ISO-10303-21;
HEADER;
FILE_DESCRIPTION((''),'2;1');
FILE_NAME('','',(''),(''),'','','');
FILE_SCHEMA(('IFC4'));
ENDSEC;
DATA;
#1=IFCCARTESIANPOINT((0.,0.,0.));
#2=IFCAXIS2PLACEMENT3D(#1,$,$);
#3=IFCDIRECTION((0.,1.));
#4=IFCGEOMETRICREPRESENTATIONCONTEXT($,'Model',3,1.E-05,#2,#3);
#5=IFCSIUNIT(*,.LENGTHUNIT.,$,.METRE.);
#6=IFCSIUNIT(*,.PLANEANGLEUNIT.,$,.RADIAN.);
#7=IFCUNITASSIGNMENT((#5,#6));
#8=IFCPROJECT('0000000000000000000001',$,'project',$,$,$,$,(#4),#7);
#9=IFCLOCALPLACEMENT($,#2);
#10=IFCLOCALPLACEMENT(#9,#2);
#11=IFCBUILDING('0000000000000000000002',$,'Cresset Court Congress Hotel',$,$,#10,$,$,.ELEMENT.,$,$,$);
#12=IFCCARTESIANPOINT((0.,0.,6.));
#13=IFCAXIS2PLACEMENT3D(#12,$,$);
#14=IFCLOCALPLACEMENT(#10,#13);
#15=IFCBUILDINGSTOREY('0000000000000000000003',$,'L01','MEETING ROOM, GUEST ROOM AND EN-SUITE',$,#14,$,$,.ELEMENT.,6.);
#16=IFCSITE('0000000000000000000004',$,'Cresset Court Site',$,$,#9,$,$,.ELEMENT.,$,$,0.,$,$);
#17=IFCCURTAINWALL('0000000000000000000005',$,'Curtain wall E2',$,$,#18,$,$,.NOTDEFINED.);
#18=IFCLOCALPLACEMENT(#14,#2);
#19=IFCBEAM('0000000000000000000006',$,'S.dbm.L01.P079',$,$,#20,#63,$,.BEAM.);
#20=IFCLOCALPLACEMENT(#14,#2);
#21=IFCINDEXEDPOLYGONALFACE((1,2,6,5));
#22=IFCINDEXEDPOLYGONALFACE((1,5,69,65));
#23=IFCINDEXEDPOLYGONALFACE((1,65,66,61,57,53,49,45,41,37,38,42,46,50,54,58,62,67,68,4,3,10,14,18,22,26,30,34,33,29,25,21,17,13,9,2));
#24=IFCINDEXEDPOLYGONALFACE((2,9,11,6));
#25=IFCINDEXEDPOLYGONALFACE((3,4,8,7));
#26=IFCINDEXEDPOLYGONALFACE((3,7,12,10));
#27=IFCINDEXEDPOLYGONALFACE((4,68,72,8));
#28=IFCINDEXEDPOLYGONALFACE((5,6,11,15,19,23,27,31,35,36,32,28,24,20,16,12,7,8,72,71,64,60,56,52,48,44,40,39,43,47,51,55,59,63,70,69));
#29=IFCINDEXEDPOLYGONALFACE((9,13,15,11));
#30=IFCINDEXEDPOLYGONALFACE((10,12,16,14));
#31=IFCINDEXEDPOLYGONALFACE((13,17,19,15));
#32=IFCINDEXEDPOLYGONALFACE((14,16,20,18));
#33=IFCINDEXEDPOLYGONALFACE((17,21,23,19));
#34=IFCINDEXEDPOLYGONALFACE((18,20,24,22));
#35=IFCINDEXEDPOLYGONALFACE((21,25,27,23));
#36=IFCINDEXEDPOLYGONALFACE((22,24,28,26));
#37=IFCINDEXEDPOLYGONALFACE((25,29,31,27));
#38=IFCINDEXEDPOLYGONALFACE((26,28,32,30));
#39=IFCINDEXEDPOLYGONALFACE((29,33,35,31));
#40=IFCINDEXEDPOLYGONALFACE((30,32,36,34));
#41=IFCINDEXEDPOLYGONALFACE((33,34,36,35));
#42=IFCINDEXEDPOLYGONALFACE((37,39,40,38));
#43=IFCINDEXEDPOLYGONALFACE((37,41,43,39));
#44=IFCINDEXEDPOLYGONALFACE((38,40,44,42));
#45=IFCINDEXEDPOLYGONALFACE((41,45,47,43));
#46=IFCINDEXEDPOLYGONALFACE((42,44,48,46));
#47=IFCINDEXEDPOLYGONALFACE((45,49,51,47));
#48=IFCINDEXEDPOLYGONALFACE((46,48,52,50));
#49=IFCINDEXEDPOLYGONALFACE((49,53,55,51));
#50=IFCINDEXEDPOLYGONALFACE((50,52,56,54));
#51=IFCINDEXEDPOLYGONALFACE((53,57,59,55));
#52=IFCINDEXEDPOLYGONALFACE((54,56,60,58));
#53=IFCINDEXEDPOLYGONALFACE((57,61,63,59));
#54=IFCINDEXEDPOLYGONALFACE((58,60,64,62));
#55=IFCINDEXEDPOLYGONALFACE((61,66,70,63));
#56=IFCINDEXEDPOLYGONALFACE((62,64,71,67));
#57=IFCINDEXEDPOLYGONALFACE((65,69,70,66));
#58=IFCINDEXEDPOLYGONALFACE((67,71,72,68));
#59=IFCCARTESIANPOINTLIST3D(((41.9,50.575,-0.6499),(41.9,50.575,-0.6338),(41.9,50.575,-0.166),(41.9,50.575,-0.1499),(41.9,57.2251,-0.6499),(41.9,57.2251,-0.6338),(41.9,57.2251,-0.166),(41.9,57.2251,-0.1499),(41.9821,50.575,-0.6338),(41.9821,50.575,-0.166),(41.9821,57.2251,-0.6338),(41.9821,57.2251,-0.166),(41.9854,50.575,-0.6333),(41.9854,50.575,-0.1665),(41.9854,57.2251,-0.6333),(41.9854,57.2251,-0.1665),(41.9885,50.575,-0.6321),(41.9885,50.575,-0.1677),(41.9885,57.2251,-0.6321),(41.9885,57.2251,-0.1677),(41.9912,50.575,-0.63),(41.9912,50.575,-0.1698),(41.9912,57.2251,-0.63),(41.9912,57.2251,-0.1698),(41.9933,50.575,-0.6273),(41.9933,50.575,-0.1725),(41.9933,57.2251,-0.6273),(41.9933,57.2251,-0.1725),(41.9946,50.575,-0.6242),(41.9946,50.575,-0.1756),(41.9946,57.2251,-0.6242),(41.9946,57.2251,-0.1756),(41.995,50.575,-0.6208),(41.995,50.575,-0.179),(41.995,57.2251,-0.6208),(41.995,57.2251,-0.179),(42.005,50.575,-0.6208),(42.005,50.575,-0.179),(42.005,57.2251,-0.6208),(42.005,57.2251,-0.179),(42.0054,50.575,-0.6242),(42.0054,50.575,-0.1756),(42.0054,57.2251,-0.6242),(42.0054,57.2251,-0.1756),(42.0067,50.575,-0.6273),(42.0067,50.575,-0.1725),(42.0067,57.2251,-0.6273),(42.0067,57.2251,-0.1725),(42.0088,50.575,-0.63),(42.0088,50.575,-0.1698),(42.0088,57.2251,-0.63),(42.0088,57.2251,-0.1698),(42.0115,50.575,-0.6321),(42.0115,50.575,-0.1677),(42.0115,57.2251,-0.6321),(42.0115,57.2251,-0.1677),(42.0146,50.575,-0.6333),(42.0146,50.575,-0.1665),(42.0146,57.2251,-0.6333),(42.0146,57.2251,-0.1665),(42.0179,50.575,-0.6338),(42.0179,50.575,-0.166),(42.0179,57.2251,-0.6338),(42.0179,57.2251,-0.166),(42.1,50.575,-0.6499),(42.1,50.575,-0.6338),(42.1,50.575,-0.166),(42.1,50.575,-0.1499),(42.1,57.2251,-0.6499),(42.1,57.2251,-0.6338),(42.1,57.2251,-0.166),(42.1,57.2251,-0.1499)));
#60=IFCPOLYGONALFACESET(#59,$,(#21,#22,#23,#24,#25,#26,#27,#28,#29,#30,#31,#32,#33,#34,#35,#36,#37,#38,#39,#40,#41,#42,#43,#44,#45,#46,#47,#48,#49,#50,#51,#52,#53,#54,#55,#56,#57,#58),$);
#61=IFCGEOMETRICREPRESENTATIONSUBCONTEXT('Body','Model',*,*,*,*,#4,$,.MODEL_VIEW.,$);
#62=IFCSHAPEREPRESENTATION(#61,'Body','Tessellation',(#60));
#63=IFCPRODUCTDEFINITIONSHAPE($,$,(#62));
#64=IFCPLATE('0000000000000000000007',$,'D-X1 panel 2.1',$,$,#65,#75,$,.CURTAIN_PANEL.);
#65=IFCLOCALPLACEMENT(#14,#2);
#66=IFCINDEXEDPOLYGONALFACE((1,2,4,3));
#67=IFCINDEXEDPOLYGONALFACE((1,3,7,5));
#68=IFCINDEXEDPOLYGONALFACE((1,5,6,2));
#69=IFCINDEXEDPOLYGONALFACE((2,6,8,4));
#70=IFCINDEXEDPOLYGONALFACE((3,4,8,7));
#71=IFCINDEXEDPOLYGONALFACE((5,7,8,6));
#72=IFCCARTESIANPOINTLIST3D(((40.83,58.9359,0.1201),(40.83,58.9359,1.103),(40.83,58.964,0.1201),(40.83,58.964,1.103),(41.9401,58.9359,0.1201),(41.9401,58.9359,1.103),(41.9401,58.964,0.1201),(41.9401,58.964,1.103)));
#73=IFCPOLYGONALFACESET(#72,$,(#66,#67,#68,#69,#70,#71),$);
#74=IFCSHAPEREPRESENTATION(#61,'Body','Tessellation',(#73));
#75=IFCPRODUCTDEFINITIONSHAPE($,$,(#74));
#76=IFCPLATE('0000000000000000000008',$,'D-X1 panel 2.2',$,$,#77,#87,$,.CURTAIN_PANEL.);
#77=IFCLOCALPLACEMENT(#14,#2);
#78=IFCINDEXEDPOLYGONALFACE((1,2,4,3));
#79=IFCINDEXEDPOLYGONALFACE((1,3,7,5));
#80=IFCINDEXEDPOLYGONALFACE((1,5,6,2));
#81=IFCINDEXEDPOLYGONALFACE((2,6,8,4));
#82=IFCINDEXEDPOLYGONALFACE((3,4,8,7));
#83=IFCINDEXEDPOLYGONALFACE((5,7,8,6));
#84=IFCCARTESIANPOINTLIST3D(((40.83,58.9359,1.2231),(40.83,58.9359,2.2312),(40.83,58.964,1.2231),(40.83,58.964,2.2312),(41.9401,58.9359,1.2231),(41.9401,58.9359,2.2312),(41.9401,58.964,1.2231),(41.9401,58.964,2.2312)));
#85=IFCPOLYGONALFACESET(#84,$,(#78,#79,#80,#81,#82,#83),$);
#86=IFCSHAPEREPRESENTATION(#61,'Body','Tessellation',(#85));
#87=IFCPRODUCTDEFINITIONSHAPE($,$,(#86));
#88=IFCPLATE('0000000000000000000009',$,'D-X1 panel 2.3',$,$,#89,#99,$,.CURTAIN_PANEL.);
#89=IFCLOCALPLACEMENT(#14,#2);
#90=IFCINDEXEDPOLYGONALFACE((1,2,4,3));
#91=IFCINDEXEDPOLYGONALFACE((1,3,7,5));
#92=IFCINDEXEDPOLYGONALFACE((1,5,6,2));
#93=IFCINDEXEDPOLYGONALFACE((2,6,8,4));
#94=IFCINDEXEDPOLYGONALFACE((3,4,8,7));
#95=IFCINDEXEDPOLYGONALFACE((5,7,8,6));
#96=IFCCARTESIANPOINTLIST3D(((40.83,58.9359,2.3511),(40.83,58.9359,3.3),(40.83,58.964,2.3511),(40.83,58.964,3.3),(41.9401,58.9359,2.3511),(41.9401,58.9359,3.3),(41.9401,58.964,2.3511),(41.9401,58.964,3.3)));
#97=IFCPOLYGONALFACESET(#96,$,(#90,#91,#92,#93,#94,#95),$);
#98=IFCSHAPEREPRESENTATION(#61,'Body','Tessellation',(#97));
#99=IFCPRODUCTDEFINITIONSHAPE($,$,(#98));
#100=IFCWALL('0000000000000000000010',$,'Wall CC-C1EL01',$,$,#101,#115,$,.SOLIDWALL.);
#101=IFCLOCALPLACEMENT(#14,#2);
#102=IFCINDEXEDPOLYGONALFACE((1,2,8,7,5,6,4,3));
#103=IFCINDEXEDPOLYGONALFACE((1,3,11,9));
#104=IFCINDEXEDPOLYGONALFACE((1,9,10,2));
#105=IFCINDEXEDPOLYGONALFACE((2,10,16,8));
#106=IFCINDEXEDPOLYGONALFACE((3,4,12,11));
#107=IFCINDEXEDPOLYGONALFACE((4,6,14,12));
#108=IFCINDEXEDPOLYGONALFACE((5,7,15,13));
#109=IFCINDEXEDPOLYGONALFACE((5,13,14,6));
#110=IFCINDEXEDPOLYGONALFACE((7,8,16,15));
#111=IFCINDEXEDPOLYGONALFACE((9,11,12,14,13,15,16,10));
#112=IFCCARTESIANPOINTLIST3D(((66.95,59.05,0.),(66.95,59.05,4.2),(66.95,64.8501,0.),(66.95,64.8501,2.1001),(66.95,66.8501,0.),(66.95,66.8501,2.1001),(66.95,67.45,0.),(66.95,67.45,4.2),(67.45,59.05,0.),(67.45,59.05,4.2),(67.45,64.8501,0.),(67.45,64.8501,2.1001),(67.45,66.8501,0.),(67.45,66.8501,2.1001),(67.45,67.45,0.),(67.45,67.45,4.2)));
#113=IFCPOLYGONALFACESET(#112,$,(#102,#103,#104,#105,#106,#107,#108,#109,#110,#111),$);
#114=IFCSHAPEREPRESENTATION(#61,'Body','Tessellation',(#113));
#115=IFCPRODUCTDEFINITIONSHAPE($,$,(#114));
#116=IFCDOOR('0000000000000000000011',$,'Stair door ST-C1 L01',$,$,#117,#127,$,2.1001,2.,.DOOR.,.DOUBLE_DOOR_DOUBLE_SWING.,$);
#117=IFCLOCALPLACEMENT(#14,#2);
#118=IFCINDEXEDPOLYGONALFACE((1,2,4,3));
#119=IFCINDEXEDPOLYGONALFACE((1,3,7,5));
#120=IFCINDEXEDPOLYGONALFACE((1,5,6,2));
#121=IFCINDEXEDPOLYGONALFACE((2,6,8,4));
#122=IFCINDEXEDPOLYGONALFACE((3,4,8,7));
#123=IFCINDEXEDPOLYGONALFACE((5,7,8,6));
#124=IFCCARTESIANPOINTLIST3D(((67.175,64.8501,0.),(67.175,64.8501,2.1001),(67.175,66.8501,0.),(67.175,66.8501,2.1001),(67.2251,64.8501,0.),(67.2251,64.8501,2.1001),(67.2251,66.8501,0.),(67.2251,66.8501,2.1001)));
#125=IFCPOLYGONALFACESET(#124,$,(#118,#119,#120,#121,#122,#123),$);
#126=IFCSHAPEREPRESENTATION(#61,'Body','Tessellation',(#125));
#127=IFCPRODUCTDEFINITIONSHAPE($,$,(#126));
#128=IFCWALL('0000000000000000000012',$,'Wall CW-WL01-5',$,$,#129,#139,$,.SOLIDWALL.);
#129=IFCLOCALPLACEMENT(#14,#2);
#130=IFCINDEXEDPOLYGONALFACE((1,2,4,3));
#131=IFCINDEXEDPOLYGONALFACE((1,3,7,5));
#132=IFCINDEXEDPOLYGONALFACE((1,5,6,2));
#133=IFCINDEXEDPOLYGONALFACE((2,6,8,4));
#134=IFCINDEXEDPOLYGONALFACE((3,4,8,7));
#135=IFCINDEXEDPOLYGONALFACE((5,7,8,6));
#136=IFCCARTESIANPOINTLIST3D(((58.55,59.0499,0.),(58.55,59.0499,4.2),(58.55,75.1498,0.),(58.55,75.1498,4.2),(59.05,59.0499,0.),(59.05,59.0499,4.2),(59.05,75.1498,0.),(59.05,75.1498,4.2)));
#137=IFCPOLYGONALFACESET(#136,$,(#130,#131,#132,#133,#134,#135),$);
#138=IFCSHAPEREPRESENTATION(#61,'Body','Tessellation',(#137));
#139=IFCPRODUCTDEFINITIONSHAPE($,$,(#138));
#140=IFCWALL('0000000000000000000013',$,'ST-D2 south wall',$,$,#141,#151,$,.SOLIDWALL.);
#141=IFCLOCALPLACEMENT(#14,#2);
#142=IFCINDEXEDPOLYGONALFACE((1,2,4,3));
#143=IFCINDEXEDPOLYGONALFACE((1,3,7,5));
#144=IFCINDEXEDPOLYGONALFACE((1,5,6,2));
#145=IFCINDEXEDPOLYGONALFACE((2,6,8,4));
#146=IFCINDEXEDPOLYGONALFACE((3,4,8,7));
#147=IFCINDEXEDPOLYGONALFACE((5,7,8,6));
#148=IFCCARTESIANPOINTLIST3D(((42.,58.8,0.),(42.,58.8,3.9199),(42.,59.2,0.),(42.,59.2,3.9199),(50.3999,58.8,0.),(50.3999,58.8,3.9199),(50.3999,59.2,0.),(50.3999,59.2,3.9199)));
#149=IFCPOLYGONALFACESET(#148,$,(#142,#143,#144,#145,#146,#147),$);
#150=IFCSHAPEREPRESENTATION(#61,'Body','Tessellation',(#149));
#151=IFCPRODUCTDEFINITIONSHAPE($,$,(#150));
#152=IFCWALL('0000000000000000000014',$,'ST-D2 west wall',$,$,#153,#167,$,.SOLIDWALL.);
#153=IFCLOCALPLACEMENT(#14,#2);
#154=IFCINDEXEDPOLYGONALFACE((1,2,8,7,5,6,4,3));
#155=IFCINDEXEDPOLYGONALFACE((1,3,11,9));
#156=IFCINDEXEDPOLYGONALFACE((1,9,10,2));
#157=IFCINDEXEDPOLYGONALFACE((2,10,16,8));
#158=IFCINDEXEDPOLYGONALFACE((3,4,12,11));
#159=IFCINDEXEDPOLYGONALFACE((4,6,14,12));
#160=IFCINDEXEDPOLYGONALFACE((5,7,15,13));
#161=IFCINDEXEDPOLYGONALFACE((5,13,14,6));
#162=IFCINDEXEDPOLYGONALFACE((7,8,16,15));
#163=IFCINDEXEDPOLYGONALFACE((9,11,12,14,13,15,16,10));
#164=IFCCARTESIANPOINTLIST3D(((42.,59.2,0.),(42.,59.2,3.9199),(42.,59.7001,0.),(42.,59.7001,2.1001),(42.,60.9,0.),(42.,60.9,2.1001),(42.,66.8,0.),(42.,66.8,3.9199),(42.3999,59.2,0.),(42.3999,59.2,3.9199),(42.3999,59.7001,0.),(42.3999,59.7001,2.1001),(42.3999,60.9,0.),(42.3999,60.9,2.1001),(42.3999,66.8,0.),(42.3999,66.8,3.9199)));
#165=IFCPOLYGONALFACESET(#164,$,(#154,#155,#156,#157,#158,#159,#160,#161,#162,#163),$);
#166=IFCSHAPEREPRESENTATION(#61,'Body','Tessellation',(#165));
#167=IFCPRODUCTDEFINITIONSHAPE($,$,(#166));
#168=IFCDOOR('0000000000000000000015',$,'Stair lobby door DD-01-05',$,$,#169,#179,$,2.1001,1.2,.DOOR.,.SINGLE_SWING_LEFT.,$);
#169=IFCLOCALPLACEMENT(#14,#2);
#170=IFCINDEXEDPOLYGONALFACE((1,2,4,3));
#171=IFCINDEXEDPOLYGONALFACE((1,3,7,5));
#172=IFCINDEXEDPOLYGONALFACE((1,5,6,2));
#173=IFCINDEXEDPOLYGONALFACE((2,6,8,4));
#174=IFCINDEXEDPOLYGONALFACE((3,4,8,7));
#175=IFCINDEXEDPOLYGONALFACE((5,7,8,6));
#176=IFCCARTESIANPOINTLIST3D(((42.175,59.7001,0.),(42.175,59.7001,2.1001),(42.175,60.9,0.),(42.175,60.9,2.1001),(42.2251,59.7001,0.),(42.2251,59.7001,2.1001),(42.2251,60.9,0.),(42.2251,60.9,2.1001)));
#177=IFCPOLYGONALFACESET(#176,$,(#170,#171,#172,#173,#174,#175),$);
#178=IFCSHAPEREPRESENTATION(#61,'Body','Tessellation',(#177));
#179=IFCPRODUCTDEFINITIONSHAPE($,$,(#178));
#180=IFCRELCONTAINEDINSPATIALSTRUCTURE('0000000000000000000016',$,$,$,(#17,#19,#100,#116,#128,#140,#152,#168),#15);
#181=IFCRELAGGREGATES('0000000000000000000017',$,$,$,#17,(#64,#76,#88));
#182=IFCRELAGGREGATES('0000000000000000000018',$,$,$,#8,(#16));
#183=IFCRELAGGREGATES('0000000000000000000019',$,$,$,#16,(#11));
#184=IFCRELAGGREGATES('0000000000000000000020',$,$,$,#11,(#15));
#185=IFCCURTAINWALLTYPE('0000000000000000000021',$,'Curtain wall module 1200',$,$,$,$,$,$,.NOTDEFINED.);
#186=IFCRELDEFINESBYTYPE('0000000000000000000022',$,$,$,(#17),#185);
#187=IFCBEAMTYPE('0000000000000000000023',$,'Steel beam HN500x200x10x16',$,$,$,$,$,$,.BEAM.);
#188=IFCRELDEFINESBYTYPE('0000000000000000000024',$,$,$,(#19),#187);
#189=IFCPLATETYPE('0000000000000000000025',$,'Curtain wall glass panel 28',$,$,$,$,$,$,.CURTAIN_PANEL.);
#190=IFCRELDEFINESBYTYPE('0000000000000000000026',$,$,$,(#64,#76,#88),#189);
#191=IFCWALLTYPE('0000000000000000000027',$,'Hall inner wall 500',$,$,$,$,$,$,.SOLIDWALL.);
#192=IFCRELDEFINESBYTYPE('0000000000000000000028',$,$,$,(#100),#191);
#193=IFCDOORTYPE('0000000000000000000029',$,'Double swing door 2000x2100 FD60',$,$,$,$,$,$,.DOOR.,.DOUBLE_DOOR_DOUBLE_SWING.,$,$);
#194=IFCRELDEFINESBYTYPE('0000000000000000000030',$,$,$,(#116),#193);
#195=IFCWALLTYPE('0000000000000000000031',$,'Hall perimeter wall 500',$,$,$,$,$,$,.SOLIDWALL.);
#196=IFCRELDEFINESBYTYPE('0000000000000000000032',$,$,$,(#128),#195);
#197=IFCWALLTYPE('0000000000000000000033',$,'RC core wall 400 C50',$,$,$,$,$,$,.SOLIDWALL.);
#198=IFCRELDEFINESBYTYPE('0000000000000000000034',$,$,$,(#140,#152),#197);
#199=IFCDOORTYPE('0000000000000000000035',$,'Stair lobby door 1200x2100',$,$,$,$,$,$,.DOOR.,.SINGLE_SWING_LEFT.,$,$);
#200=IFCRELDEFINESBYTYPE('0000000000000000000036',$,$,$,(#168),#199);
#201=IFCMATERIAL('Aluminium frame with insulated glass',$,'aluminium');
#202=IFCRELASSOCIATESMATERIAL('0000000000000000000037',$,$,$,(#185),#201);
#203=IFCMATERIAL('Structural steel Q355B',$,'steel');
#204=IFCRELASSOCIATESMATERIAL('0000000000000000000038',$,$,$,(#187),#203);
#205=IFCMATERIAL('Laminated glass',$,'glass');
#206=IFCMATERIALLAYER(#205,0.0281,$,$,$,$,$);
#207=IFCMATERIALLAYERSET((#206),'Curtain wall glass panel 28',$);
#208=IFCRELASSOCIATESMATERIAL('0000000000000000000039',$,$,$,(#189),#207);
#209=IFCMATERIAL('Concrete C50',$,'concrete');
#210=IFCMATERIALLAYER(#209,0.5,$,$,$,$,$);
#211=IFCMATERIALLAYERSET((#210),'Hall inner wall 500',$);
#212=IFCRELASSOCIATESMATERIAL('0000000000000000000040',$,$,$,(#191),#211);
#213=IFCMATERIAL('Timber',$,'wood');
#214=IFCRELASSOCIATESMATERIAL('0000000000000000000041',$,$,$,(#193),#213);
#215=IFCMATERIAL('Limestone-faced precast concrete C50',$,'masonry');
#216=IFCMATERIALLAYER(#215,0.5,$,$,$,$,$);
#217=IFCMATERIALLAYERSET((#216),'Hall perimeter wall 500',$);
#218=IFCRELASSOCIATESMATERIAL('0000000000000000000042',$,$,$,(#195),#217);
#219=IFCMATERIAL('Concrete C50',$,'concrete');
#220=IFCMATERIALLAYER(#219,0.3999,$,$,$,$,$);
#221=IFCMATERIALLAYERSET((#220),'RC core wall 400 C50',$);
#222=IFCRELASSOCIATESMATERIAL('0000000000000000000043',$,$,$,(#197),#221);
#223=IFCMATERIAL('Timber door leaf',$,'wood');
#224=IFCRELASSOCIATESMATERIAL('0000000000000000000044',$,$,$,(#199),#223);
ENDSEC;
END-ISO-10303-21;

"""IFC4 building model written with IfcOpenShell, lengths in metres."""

from ifc_helpers import new_model, si_unit, direction, frame, frame_2d, origin, origin_2d, place, context, subcontext, project, spatial, rectangle, i_section, extrude, material, layer, layer_set, material_profile, profile_set, type_object, element, fill, aggregate, save


model = new_model("IFC4")

# Units and contexts
model_context = context("Model", 3, precision=1e-05, world=origin(), true_north=direction((0.0, 1.0)))
body_context = subcontext(model_context, "Body", "Model", "MODEL_VIEW")
ifc_project = project(units=[si_unit("LENGTHUNIT", "METRE"), si_unit("PLANEANGLEUNIT", "RADIAN")], contexts=[model_context])

# Site, building, storey
site_placement = place(None, origin())
site = spatial("IfcSite", under=ifc_project, at=site_placement, Name="Cresset Court Site", CompositionType="ELEMENT", RefElevation=0.0)
building_placement = place(site_placement, origin())
building = spatial("IfcBuilding", under=site, at=building_placement, Name="Cresset Court Congress Hotel", CompositionType="ELEMENT")
storey_placement = place(building_placement, frame((0.0, 0.0, 6.0)))
storey = spatial("IfcBuildingStorey", under=building, at=storey_placement, Name="L01", Description="MEETING ROOM, GUEST ROOM AND EN-SUITE", CompositionType="ELEMENT", Elevation=6.0)

# Curtain wall
ifc_material_1 = material(Name="Aluminium frame with insulated glass", Category="aluminium")
curtain_wall_type = type_object("IfcCurtainWallType", Name="Curtain wall module 1200", PredefinedType="NOTDEFINED", material=ifc_material_1)
curtain_wall_placement = place(storey_placement, origin())
curtain_wall = element("IfcCurtainWall", 1, at=curtain_wall_placement, inside=storey, type_object=curtain_wall_type, Name="Curtain wall E2", PredefinedType="NOTDEFINED")

# Beam
ifc_material_2 = material(Name="Structural steel Q355B", Category="steel")
ifc_material_profile_1 = material_profile(ifc_material_2, i_section(OverallWidth=0.2, OverallDepth=0.5, WebThickness=0.01, FlangeThickness=0.0161, FilletRadius=0.0129, at=origin_2d()), Name="HN500x200x10x16")
ifc_profile_set_1 = profile_set([ifc_material_profile_1], Name="Structural steel Q355B")
beam_type = type_object("IfcBeamType", Name="Steel beam HN500x200x10x16", PredefinedType="BEAM", material=ifc_profile_set_1)
for number, where, z_axis, x_axis, name in (
    (2, (42.0, 50.575, -0.3999), (0.0, 1.0, 0.0), (-1.0, 0.0, 0.0), "S.dbm.L01.P079"),
):
    element("IfcBeam", number, at=place(storey_placement, frame(where, z_axis=z_axis, x_axis=x_axis)), inside=storey, type_object=beam_type, Name=name, PredefinedType="BEAM", context=body_context, shape_type="SweptSolid", body=[
        extrude(i_section(OverallWidth=0.2, OverallDepth=0.5, WebThickness=0.01, FlangeThickness=0.0161, FilletRadius=0.0129, at=origin_2d()), origin(), (0.0, 0.0, 1.0), 6.6501),
    ])

# Plates
ifc_material_3 = material(Name="Laminated glass", Category="glass")
ifc_layer_1 = layer(ifc_material_3, 0.0281)
ifc_layer_set_1 = layer_set([ifc_layer_1], Name="Curtain wall glass panel 28")
plate_type = type_object("IfcPlateType", Name="Curtain wall glass panel 28", PredefinedType="CURTAIN_PANEL", material=ifc_layer_set_1)
plate_1_placement = place(storey_placement, frame((41.385, 58.95, 0.1201), z_axis=(0.0, 0.0, 1.0), x_axis=(1.0, 0.0, 0.0)))
plate_1 = element("IfcPlate", 3, at=plate_1_placement, type_object=plate_type, Name="D-X1 panel 2.1", PredefinedType="CURTAIN_PANEL", context=body_context, shape_type="SweptSolid", body=[
    extrude(rectangle(XDim=1.1101, YDim=0.0281, at=origin_2d()), origin(), (0.0, 0.0, 1.0), 0.9829),
])
plate_2_placement = place(storey_placement, frame((41.385, 58.95, 1.2231), z_axis=(0.0, 0.0, 1.0), x_axis=(1.0, 0.0, 0.0)))
plate_2 = element("IfcPlate", 4, at=plate_2_placement, type_object=plate_type, Name="D-X1 panel 2.2", PredefinedType="CURTAIN_PANEL", context=body_context, shape_type="SweptSolid", body=[
    extrude(rectangle(XDim=1.1101, YDim=0.0281, at=origin_2d()), origin(), (0.0, 0.0, 1.0), 1.0081),
])
plate_3_placement = place(storey_placement, frame((41.385, 58.95, 2.3511), z_axis=(0.0, 0.0, 1.0), x_axis=(1.0, 0.0, 0.0)))
plate_3 = element("IfcPlate", 5, at=plate_3_placement, type_object=plate_type, Name="D-X1 panel 2.3", PredefinedType="CURTAIN_PANEL", context=body_context, shape_type="SweptSolid", body=[
    extrude(rectangle(XDim=1.1101, YDim=0.0281, at=origin_2d()), origin(), (0.0, 0.0, 1.0), 0.949),
])
aggregate(curtain_wall, [plate_1, plate_2, plate_3])

# Wall, opening, door
ifc_material_4 = material(Name="Concrete C50", Category="concrete")
ifc_layer_2 = layer(ifc_material_4, 0.5)
ifc_layer_set_2 = layer_set([ifc_layer_2], Name="Hall inner wall 500")
wall_type_1 = type_object("IfcWallType", Name="Hall inner wall 500", PredefinedType="SOLIDWALL", material=ifc_layer_set_2)
wall_1_placement = place(storey_placement, frame((67.2, 59.05, 0.0), z_axis=(0.0, 0.0, 1.0), x_axis=(0.0, 1.0, 0.0)))
wall_1 = element("IfcWall", 6, at=wall_1_placement, inside=storey, type_object=wall_type_1, Name="Wall CC-C1EL01", PredefinedType="SOLIDWALL", context=body_context, shape_type="SweptSolid", body=[
    extrude(rectangle(XDim=8.3999, YDim=0.5, at=frame_2d((4.2, 0.0))), origin(), (0.0, 0.0, 1.0), 4.2),
])
opening_1_placement = place(wall_1_placement, frame((5.8, 0.0, 0.0)))
opening_1 = element("IfcOpeningElement", 7, at=opening_1_placement, cuts=wall_1, PredefinedType="OPENING", context=body_context, shape_type="SweptSolid", body=[
    extrude(rectangle(XDim=2.0, YDim=2.1001, at=frame_2d((1.0, 1.05))), frame((0.0, 0.26, 0.0), z_axis=(0.0, -1.0, 0.0), x_axis=(1.0, 0.0, 0.0)), (0.0, 0.0, 1.0), 0.52),
])
ifc_material_5 = material(Name="Timber", Category="wood")
door_type_1 = type_object("IfcDoorType", Name="Double swing door 2000x2100 FD60", OperationType="DOUBLE_DOOR_DOUBLE_SWING", PredefinedType="DOOR", material=ifc_material_5)
door_1_placement = place(opening_1_placement, origin())
door_1 = element("IfcDoor", 8, at=door_1_placement, inside=storey, type_object=door_type_1, Name="Stair door ST-C1 L01", OperationType="DOUBLE_DOOR_DOUBLE_SWING", OverallHeight=2.1001, OverallWidth=2.0, PredefinedType="DOOR", context=body_context, shape_type="SweptSolid", body=[
    extrude(rectangle(XDim=2.0, YDim=2.1001, at=frame_2d((1.0, 1.05))), frame((0.0, 0.0249, 0.0), z_axis=(0.0, -1.0, 0.0), x_axis=(1.0, 0.0, 0.0)), (0.0, 0.0, 1.0), 0.05),
])
fill(opening_1, door_1)

# Walls
ifc_material_6 = material(Name="Limestone-faced precast concrete C50", Category="masonry")
ifc_layer_3 = layer(ifc_material_6, 0.5)
ifc_layer_set_3 = layer_set([ifc_layer_3], Name="Hall perimeter wall 500")
wall_type_2 = type_object("IfcWallType", Name="Hall perimeter wall 500", PredefinedType="SOLIDWALL", material=ifc_layer_set_3)
wall_2_placement = place(storey_placement, frame((58.8, 59.05, 0.0), z_axis=(0.0, 0.0, 1.0), x_axis=(0.0, 1.0, 0.0)))
element("IfcWall", 9, at=wall_2_placement, inside=storey, type_object=wall_type_2, Name="Wall CW-WL01-5", PredefinedType="SOLIDWALL", context=body_context, shape_type="SweptSolid", body=[
    extrude(rectangle(XDim=16.0999, YDim=0.5, at=frame_2d((8.0498, 0.0))), origin(), (0.0, 0.0, 1.0), 4.2),
])
ifc_material_7 = material(Name="Concrete C50", Category="concrete")
ifc_layer_4 = layer(ifc_material_7, 0.3999)
ifc_layer_set_4 = layer_set([ifc_layer_4], Name="RC core wall 400 C50")
wall_type_3 = type_object("IfcWallType", Name="RC core wall 400 C50", PredefinedType="SOLIDWALL", material=ifc_layer_set_4)
wall_3_placement = place(storey_placement, frame((42.0, 59.0, 0.0), z_axis=(0.0, 0.0, 1.0), x_axis=(1.0, 0.0, 0.0)))
element("IfcWall", 10, at=wall_3_placement, inside=storey, type_object=wall_type_3, Name="ST-D2 south wall", PredefinedType="SOLIDWALL", context=body_context, shape_type="SweptSolid", body=[
    extrude(rectangle(XDim=8.3999, YDim=0.3999, at=frame_2d((4.2, 0.0))), origin(), (0.0, 0.0, 1.0), 3.9199),
])

# Wall, opening, door
wall_4_placement = place(storey_placement, frame((42.2, 59.2, 0.0), z_axis=(0.0, 0.0, 1.0), x_axis=(0.0, 1.0, 0.0)))
wall_4 = element("IfcWall", 11, at=wall_4_placement, inside=storey, type_object=wall_type_3, Name="ST-D2 west wall", PredefinedType="SOLIDWALL", context=body_context, shape_type="SweptSolid", body=[
    extrude(rectangle(XDim=7.6001, YDim=0.3999, at=frame_2d((3.8, 0.0))), origin(), (0.0, 0.0, 1.0), 3.9199),
])
opening_2_placement = place(wall_4_placement, frame((0.5, 0.0, 0.0)))
opening_2 = element("IfcOpeningElement", 12, at=opening_2_placement, cuts=wall_4, PredefinedType="OPENING", context=body_context, shape_type="SweptSolid", body=[
    extrude(rectangle(XDim=1.2, YDim=2.1001, at=frame_2d((0.6001, 1.05))), frame((0.0, 0.21, 0.0), z_axis=(0.0, -1.0, 0.0), x_axis=(1.0, 0.0, 0.0)), (0.0, 0.0, 1.0), 0.4199),
])
ifc_material_8 = material(Name="Timber door leaf", Category="wood")
door_type_2 = type_object("IfcDoorType", Name="Stair lobby door 1200x2100", OperationType="SINGLE_SWING_LEFT", PredefinedType="DOOR", material=ifc_material_8)
door_2_placement = place(opening_2_placement, origin())
door_2 = element("IfcDoor", 13, at=door_2_placement, inside=storey, type_object=door_type_2, Name="Stair lobby door DD-01-05", OperationType="SINGLE_SWING_LEFT", OverallHeight=2.1001, OverallWidth=1.2, PredefinedType="DOOR", context=body_context, shape_type="SweptSolid", body=[
    extrude(rectangle(XDim=1.2, YDim=2.1001, at=frame_2d((0.6001, 1.05))), frame((0.0, 0.0249, 0.0), z_axis=(0.0, -1.0, 0.0), x_axis=(1.0, 0.0, 0.0)), (0.0, 0.0, 1.0), 0.05),
])
fill(opening_2, door_2)

save(model, "model.ifc")
